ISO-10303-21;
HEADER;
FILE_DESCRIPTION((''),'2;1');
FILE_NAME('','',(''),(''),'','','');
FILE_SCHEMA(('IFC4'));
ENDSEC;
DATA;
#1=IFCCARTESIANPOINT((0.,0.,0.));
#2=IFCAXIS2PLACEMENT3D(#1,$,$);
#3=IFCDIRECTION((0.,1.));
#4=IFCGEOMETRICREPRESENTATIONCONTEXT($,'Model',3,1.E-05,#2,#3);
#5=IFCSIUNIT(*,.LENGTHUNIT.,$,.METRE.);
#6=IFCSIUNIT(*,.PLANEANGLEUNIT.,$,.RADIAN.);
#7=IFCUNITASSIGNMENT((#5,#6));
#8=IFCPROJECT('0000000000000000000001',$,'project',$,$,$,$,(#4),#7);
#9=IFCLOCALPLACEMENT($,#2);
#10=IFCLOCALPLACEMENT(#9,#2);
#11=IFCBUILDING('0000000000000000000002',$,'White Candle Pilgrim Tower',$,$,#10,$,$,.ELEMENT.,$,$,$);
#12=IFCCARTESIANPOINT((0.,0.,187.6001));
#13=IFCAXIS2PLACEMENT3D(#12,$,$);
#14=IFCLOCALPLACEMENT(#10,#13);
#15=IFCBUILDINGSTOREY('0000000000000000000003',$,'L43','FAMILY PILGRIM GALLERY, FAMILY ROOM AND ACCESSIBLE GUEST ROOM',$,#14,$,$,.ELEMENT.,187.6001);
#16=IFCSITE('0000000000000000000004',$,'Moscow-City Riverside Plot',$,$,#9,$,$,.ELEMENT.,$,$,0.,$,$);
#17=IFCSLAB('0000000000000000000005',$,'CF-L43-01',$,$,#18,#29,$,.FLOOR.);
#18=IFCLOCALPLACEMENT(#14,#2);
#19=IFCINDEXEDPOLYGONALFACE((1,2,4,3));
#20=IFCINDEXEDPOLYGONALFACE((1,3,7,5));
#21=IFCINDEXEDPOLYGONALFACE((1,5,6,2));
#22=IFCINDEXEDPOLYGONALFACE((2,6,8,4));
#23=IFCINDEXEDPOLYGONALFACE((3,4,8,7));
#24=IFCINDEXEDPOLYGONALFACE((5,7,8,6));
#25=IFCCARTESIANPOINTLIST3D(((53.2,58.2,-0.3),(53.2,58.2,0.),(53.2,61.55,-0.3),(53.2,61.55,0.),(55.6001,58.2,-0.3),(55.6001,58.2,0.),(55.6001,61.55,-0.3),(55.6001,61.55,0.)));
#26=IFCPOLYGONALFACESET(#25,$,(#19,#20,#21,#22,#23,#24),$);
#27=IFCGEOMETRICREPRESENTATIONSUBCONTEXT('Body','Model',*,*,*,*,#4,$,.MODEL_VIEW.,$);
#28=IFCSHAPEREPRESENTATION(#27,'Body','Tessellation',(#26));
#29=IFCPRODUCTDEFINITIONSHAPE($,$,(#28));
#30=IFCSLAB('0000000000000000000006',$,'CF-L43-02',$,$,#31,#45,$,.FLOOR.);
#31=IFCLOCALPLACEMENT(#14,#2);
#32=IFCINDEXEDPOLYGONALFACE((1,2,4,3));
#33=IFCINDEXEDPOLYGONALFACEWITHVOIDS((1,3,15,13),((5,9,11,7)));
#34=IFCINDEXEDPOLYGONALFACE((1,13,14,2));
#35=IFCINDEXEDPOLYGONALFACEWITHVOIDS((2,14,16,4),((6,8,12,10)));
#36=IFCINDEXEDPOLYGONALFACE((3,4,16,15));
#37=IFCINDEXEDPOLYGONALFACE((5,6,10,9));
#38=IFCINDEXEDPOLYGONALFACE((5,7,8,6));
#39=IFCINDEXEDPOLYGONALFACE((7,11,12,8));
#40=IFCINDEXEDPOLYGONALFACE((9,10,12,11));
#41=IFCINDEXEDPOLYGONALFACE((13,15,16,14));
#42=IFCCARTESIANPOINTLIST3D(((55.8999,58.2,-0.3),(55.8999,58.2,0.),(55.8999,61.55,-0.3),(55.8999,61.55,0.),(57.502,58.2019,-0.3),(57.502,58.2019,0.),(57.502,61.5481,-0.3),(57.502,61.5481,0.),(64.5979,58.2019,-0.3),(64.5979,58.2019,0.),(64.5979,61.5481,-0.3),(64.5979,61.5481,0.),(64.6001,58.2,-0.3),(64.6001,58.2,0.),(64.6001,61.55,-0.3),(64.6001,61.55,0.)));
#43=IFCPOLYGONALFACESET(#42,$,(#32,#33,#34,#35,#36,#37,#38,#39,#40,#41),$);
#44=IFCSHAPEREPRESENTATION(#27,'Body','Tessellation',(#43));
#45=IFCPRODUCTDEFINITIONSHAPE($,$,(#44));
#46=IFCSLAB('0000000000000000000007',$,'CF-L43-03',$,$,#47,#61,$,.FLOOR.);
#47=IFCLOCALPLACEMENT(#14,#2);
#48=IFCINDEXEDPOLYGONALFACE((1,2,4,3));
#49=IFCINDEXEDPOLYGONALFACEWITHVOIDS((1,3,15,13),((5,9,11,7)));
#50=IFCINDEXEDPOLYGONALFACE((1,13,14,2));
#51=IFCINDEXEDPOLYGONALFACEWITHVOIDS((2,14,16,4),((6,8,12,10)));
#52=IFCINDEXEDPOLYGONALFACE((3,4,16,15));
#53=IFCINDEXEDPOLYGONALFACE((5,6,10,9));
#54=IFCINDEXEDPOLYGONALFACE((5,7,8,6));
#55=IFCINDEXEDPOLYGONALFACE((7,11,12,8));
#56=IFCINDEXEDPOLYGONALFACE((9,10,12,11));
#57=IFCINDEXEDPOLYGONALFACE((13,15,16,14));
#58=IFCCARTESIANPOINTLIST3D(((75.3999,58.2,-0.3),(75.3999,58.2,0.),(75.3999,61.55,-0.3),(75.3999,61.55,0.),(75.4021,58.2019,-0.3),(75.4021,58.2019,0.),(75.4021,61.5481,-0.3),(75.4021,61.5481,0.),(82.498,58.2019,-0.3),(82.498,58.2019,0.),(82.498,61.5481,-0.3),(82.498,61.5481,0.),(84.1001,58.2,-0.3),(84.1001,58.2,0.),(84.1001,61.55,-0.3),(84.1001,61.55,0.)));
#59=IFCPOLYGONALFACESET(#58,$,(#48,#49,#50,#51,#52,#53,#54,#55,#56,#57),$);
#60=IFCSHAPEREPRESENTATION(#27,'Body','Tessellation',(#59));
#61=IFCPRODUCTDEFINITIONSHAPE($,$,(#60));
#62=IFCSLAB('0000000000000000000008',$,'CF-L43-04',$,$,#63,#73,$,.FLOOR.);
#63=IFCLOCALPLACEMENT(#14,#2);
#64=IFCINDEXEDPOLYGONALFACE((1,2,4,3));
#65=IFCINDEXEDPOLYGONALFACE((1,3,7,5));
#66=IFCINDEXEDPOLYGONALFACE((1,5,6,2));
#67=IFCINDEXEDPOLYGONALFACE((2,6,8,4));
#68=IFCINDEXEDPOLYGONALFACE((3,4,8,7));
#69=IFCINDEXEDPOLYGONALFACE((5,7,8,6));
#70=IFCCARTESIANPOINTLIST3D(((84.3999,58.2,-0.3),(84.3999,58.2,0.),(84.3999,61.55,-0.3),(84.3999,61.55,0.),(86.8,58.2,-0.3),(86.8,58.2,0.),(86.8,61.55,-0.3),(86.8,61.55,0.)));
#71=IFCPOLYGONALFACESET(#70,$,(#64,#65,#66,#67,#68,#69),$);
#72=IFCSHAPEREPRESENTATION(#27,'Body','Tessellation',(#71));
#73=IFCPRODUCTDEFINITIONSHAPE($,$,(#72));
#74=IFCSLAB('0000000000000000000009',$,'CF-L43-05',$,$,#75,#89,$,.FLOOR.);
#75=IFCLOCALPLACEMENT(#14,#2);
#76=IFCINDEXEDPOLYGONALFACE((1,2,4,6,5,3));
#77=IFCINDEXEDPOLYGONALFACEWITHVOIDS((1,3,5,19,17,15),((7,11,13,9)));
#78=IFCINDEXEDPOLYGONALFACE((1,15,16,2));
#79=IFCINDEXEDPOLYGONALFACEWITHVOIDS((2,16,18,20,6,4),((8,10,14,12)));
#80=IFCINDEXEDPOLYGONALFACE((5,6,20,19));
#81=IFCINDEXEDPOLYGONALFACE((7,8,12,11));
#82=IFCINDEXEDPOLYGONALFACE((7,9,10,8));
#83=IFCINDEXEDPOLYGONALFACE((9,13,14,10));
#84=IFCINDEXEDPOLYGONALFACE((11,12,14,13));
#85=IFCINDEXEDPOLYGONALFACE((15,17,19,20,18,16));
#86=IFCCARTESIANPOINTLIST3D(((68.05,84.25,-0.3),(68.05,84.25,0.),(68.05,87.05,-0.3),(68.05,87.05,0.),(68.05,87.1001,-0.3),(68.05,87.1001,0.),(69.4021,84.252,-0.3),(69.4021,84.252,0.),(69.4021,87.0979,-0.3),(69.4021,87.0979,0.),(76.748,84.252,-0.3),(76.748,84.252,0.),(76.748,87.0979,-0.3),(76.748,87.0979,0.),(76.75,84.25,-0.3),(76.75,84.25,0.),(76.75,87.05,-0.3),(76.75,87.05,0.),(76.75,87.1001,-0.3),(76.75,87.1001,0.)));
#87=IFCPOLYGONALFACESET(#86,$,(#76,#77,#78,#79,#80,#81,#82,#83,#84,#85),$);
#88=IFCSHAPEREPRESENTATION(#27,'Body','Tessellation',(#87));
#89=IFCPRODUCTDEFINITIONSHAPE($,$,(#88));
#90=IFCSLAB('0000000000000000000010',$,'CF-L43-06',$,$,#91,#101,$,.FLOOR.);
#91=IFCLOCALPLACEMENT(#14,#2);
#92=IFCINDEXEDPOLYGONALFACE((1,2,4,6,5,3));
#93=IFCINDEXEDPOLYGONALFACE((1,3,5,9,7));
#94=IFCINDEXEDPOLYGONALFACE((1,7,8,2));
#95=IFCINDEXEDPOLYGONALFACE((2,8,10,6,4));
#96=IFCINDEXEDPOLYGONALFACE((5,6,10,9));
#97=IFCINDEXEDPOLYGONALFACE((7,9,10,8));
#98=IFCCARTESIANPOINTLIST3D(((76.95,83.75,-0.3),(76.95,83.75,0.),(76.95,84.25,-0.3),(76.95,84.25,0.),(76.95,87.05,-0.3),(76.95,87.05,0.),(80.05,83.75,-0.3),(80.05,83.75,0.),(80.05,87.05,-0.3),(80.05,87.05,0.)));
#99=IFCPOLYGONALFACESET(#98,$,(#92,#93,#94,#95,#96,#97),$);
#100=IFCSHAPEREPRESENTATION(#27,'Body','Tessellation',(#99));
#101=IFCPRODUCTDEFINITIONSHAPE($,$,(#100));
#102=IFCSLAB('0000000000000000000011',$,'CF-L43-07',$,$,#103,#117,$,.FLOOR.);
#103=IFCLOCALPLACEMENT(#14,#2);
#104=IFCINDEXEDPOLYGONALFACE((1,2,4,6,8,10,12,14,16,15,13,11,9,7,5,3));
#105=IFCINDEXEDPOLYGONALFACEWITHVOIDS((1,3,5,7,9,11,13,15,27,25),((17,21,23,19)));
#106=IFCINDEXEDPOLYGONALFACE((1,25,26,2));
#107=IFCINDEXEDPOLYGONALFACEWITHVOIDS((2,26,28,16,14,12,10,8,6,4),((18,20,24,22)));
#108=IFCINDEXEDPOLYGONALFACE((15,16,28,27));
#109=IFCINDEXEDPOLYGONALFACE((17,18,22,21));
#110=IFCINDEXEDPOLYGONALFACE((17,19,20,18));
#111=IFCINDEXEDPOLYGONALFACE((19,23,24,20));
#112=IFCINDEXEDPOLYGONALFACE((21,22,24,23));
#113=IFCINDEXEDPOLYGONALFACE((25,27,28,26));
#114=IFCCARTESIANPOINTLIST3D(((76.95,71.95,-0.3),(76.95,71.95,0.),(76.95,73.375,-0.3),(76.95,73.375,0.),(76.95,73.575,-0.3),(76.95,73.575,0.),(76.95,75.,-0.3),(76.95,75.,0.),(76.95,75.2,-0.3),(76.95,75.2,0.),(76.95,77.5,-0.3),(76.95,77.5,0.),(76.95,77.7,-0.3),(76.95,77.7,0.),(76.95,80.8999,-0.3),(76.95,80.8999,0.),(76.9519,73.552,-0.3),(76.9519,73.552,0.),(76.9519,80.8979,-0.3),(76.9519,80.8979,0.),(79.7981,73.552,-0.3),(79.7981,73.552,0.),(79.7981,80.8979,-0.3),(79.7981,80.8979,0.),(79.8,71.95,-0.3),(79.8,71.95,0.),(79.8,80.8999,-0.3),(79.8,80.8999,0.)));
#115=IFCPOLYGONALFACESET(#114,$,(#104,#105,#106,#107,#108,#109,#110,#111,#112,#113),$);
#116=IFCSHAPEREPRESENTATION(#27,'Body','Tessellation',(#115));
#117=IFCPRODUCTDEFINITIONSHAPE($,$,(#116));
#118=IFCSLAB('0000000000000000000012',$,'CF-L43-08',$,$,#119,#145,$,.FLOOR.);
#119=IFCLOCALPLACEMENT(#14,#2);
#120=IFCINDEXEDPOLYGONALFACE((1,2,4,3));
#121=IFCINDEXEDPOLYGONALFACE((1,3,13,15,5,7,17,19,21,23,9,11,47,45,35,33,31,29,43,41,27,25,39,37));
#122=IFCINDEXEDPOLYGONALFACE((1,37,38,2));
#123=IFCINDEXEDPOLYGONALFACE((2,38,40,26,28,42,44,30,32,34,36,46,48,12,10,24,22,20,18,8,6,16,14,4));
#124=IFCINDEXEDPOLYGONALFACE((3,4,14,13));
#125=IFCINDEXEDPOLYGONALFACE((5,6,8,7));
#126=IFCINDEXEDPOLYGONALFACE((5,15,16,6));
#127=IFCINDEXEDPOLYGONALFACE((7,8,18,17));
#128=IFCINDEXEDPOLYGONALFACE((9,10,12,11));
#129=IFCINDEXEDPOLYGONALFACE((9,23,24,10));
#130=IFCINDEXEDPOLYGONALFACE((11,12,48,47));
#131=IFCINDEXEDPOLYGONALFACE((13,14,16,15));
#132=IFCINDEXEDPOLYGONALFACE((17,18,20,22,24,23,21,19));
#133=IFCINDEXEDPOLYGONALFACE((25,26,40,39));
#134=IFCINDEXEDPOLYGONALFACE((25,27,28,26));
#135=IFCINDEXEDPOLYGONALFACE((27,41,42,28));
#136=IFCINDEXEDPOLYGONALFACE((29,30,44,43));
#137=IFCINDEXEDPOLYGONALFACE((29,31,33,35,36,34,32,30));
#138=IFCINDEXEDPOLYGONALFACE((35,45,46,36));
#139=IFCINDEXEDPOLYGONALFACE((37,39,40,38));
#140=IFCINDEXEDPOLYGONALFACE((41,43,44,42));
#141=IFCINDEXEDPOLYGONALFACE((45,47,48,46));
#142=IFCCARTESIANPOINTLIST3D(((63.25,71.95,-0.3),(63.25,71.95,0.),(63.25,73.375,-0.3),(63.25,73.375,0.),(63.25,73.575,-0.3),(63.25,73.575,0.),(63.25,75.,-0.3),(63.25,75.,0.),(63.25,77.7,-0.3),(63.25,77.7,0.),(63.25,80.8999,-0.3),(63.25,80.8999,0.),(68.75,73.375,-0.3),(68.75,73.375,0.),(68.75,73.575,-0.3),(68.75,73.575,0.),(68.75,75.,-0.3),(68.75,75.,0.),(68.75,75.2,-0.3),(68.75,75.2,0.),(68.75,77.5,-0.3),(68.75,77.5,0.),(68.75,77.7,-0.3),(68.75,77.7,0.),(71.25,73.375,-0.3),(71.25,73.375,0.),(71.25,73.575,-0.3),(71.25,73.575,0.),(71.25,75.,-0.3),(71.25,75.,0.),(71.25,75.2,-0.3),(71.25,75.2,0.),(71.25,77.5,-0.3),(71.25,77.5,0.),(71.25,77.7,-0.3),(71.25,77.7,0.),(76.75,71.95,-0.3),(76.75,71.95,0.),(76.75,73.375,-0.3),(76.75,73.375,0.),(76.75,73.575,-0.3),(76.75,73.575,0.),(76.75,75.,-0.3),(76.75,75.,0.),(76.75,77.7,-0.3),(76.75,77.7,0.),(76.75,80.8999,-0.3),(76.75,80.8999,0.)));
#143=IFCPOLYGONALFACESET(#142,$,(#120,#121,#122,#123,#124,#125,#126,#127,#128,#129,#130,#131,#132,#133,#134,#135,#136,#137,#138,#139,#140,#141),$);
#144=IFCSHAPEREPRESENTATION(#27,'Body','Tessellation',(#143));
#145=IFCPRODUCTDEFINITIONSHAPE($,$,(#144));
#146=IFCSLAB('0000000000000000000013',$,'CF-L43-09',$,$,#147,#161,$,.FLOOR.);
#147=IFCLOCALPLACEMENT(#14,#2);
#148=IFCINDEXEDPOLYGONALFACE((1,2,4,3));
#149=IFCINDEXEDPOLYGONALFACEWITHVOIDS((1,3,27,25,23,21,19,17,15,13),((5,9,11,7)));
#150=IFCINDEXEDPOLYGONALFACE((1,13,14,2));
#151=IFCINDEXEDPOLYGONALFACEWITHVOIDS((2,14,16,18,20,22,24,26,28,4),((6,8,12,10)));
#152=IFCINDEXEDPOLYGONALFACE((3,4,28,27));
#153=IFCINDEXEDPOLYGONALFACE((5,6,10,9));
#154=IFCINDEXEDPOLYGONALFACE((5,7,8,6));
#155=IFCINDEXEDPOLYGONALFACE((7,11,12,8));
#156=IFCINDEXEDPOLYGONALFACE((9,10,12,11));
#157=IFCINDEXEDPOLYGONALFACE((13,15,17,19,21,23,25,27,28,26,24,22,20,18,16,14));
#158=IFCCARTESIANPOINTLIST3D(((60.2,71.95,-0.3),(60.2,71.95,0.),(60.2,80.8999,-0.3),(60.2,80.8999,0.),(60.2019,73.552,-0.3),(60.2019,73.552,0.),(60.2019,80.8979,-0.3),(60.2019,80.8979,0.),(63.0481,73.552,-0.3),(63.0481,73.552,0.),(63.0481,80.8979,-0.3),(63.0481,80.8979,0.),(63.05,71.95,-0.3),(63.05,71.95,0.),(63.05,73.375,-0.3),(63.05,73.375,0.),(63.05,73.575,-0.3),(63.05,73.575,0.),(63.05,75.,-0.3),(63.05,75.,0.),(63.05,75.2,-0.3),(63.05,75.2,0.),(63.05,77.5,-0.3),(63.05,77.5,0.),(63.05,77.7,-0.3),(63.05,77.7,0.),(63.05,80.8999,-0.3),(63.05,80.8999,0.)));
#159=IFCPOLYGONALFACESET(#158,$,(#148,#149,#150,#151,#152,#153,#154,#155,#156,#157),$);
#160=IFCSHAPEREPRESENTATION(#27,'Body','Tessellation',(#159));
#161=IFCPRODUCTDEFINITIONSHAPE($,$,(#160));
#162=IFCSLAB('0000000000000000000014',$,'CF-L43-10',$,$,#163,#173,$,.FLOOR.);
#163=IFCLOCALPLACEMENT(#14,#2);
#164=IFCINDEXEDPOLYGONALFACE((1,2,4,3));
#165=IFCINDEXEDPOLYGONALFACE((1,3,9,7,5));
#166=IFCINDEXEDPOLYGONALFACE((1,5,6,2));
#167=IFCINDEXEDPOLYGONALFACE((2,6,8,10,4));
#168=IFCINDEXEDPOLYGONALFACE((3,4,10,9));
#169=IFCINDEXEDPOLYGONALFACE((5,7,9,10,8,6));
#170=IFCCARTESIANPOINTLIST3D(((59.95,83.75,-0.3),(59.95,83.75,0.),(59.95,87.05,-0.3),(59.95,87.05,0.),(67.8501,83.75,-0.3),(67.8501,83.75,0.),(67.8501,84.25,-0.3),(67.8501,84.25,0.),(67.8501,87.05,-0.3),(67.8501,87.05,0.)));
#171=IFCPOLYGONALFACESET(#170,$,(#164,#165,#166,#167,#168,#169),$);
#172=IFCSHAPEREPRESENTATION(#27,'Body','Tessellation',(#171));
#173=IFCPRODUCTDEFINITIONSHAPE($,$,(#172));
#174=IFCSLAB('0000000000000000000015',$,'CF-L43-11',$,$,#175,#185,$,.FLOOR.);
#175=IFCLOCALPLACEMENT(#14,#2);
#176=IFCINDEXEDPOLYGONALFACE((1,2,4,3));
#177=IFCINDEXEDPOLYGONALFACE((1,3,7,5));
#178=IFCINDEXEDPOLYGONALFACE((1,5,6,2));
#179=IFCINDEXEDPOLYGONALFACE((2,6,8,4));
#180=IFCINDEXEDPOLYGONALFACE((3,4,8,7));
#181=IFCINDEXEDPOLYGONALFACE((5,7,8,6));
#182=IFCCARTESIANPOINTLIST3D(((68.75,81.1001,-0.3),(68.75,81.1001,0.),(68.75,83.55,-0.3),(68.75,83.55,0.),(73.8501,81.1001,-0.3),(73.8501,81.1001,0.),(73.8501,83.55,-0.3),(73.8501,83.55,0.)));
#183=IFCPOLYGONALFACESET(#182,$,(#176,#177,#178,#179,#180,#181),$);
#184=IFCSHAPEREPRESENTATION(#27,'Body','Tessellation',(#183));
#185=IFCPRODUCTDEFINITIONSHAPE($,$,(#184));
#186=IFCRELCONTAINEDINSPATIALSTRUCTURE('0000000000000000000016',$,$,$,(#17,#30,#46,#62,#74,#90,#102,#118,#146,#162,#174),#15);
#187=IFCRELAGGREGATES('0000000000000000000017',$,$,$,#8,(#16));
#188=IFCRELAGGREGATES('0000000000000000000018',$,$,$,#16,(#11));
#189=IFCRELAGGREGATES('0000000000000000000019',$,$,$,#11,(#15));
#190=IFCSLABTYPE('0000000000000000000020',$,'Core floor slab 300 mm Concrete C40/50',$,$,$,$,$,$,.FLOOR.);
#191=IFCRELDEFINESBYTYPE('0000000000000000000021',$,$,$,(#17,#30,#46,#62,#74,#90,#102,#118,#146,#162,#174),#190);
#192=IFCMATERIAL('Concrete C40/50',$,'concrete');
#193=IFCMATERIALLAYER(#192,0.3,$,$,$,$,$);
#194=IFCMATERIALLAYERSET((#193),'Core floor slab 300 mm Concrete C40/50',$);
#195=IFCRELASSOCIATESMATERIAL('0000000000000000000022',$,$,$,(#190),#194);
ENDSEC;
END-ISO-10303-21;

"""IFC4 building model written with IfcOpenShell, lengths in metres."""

from ifc_helpers import new_model, si_unit, direction, frame, origin, place, context, subcontext, project, spatial, polyline, outline, extrude, material, layer, layer_set, type_object, element, save


model = new_model("IFC4")

# Units and contexts
model_context = context("Model", 3, precision=1e-05, world=origin(), true_north=direction((0.0, 1.0)))
body_context = subcontext(model_context, "Body", "Model", "MODEL_VIEW")
ifc_project = project(units=[si_unit("LENGTHUNIT", "METRE"), si_unit("PLANEANGLEUNIT", "RADIAN")], contexts=[model_context])

# Site, building, storey
site_placement = place(None, origin())
site = spatial("IfcSite", under=ifc_project, at=site_placement, Name="Moscow-City Riverside Plot", CompositionType="ELEMENT", RefElevation=0.0)
building_placement = place(site_placement, origin())
building = spatial("IfcBuilding", under=site, at=building_placement, Name="White Candle Pilgrim Tower", CompositionType="ELEMENT")
storey_placement = place(building_placement, frame((0.0, 0.0, 187.6001)))
storey = spatial("IfcBuildingStorey", under=building, at=storey_placement, Name="L43", Description="FAMILY PILGRIM GALLERY, FAMILY ROOM AND ACCESSIBLE GUEST ROOM", CompositionType="ELEMENT", Elevation=187.6001)

# Slabs
ifc_material = material(Name="Concrete C40/50", Category="concrete")
ifc_layer_1 = layer(ifc_material, 0.3)
ifc_layer_set_1 = layer_set([ifc_layer_1], Name="Core floor slab 300 mm Concrete C40/50")
slab_type_1 = type_object("IfcSlabType", Name="Core floor slab 300 mm Concrete C40/50", PredefinedType="FLOOR", material=ifc_layer_set_1)
slab_1_placement = place(storey_placement, frame((0.0, 0.0, -0.3)))
element("IfcSlab", 1, at=slab_1_placement, inside=storey, type_object=slab_type_1, Name="CF-L43-01", PredefinedType="FLOOR", context=body_context, shape_type="SweptSolid", body=[
    extrude(outline(polyline([(55.6001, 58.2), (53.2, 58.2), (53.2, 61.55), (55.6001, 61.55), (55.6001, 58.2)])), origin(), (0.0, 0.0, 1.0), 0.3),
])
slab_2_placement = place(storey_placement, frame((0.0, 0.0, -0.3)))
element("IfcSlab", 2, at=slab_2_placement, inside=storey, type_object=slab_type_1, Name="CF-L43-02", PredefinedType="FLOOR", context=body_context, shape_type="SweptSolid", body=[
    extrude(outline(polyline([(55.8999, 58.2), (55.8999, 61.55), (64.6001, 61.55), (64.6001, 58.2), (55.8999, 58.2)]), holes=[polyline([(57.502, 61.5481), (57.502, 58.2019), (64.5979, 58.2019), (64.5979, 61.5481), (57.502, 61.5481)])]), origin(), (0.0, 0.0, 1.0), 0.3),
])
slab_3_placement = place(storey_placement, frame((0.0, 0.0, -0.3)))
element("IfcSlab", 3, at=slab_3_placement, inside=storey, type_object=slab_type_1, Name="CF-L43-03", PredefinedType="FLOOR", context=body_context, shape_type="SweptSolid", body=[
    extrude(outline(polyline([(75.3999, 58.2), (75.3999, 61.55), (84.1001, 61.55), (84.1001, 58.2), (75.3999, 58.2)]), holes=[polyline([(82.498, 58.2019), (82.498, 61.5481), (75.4021, 61.5481), (75.4021, 58.2019), (82.498, 58.2019)])]), origin(), (0.0, 0.0, 1.0), 0.3),
])
slab_4_placement = place(storey_placement, frame((0.0, 0.0, -0.3)))
element("IfcSlab", 4, at=slab_4_placement, inside=storey, type_object=slab_type_1, Name="CF-L43-04", PredefinedType="FLOOR", context=body_context, shape_type="SweptSolid", body=[
    extrude(outline(polyline([(86.8, 58.2), (84.3999, 58.2), (84.3999, 61.55), (86.8, 61.55), (86.8, 58.2)])), origin(), (0.0, 0.0, 1.0), 0.3),
])
slab_5_placement = place(storey_placement, frame((0.0, 0.0, -0.3)))
element("IfcSlab", 5, at=slab_5_placement, inside=storey, type_object=slab_type_1, Name="CF-L43-05", PredefinedType="FLOOR", context=body_context, shape_type="SweptSolid", body=[
    extrude(outline(polyline([(76.75, 87.1001), (76.75, 87.05), (76.75, 84.25), (68.05, 84.25), (68.05, 87.05), (68.05, 87.1001), (76.75, 87.1001)]), holes=[polyline([(69.4021, 87.0979), (69.4021, 84.252), (76.748, 84.252), (76.748, 87.0979), (69.4021, 87.0979)])]), origin(), (0.0, 0.0, 1.0), 0.3),
])
slab_6_placement = place(storey_placement, frame((0.0, 0.0, -0.3)))
element("IfcSlab", 6, at=slab_6_placement, inside=storey, type_object=slab_type_1, Name="CF-L43-06", PredefinedType="FLOOR", context=body_context, shape_type="SweptSolid", body=[
    extrude(outline(polyline([(80.05, 87.05), (80.05, 83.75), (76.95, 83.75), (76.95, 84.25), (76.95, 87.05), (80.05, 87.05)])), origin(), (0.0, 0.0, 1.0), 0.3),
])
slab_7_placement = place(storey_placement, frame((0.0, 0.0, -0.3)))
element("IfcSlab", 7, at=slab_7_placement, inside=storey, type_object=slab_type_1, Name="CF-L43-07", PredefinedType="FLOOR", context=body_context, shape_type="SweptSolid", body=[
    extrude(outline(polyline([(76.95, 71.95), (76.95, 73.375), (76.95, 73.575), (76.95, 75.0), (76.95, 75.2), (76.95, 77.5), (76.95, 77.7), (76.95, 80.8999), (79.8, 80.8999), (79.8, 71.95), (76.95, 71.95)]), holes=[polyline([(76.9519, 73.552), (79.7981, 73.552), (79.7981, 80.8979), (76.9519, 80.8979), (76.9519, 73.552)])]), origin(), (0.0, 0.0, 1.0), 0.3),
])
slab_8_placement = place(storey_placement, frame((0.0, 0.0, -0.3)))
element("IfcSlab", 8, at=slab_8_placement, inside=storey, type_object=slab_type_1, Name="CF-L43-08", PredefinedType="FLOOR", context=body_context, shape_type="SweptSolid", body=[
    extrude(outline(polyline([(63.25, 71.95), (63.25, 73.375), (68.75, 73.375), (68.75, 73.575), (63.25, 73.575), (63.25, 75.0), (68.75, 75.0), (68.75, 75.2), (68.75, 77.5), (68.75, 77.7), (63.25, 77.7), (63.25, 80.8999), (76.75, 80.8999), (76.75, 77.7), (71.25, 77.7), (71.25, 77.5), (71.25, 75.2), (71.25, 75.0), (76.75, 75.0), (76.75, 73.575), (71.25, 73.575), (71.25, 73.375), (76.75, 73.375), (76.75, 71.95), (63.25, 71.95)])), origin(), (0.0, 0.0, 1.0), 0.3),
])
slab_9_placement = place(storey_placement, frame((0.0, 0.0, -0.3)))
element("IfcSlab", 9, at=slab_9_placement, inside=storey, type_object=slab_type_1, Name="CF-L43-09", PredefinedType="FLOOR", context=body_context, shape_type="SweptSolid", body=[
    extrude(outline(polyline([(60.2, 71.95), (60.2, 80.8999), (63.05, 80.8999), (63.05, 77.7), (63.05, 77.5), (63.05, 75.2), (63.05, 75.0), (63.05, 73.575), (63.05, 73.375), (63.05, 71.95), (60.2, 71.95)]), holes=[polyline([(60.2019, 73.552), (63.0481, 73.552), (63.0481, 80.8979), (60.2019, 80.8979), (60.2019, 73.552)])]), origin(), (0.0, 0.0, 1.0), 0.3),
])
slab_10_placement = place(storey_placement, frame((0.0, 0.0, -0.3)))
element("IfcSlab", 10, at=slab_10_placement, inside=storey, type_object=slab_type_1, Name="CF-L43-10", PredefinedType="FLOOR", context=body_context, shape_type="SweptSolid", body=[
    extrude(outline(polyline([(59.95, 87.05), (67.8501, 87.05), (67.8501, 84.25), (67.8501, 83.75), (59.95, 83.75), (59.95, 87.05)])), origin(), (0.0, 0.0, 1.0), 0.3),
])
slab_11_placement = place(storey_placement, frame((0.0, 0.0, -0.3)))
element("IfcSlab", 11, at=slab_11_placement, inside=storey, type_object=slab_type_1, Name="CF-L43-11", PredefinedType="FLOOR", context=body_context, shape_type="SweptSolid", body=[
    extrude(outline(polyline([(73.8501, 83.55), (73.8501, 81.1001), (68.75, 81.1001), (68.75, 83.55), (73.8501, 83.55)])), origin(), (0.0, 0.0, 1.0), 0.3),
])

save(model, "model.ifc")
